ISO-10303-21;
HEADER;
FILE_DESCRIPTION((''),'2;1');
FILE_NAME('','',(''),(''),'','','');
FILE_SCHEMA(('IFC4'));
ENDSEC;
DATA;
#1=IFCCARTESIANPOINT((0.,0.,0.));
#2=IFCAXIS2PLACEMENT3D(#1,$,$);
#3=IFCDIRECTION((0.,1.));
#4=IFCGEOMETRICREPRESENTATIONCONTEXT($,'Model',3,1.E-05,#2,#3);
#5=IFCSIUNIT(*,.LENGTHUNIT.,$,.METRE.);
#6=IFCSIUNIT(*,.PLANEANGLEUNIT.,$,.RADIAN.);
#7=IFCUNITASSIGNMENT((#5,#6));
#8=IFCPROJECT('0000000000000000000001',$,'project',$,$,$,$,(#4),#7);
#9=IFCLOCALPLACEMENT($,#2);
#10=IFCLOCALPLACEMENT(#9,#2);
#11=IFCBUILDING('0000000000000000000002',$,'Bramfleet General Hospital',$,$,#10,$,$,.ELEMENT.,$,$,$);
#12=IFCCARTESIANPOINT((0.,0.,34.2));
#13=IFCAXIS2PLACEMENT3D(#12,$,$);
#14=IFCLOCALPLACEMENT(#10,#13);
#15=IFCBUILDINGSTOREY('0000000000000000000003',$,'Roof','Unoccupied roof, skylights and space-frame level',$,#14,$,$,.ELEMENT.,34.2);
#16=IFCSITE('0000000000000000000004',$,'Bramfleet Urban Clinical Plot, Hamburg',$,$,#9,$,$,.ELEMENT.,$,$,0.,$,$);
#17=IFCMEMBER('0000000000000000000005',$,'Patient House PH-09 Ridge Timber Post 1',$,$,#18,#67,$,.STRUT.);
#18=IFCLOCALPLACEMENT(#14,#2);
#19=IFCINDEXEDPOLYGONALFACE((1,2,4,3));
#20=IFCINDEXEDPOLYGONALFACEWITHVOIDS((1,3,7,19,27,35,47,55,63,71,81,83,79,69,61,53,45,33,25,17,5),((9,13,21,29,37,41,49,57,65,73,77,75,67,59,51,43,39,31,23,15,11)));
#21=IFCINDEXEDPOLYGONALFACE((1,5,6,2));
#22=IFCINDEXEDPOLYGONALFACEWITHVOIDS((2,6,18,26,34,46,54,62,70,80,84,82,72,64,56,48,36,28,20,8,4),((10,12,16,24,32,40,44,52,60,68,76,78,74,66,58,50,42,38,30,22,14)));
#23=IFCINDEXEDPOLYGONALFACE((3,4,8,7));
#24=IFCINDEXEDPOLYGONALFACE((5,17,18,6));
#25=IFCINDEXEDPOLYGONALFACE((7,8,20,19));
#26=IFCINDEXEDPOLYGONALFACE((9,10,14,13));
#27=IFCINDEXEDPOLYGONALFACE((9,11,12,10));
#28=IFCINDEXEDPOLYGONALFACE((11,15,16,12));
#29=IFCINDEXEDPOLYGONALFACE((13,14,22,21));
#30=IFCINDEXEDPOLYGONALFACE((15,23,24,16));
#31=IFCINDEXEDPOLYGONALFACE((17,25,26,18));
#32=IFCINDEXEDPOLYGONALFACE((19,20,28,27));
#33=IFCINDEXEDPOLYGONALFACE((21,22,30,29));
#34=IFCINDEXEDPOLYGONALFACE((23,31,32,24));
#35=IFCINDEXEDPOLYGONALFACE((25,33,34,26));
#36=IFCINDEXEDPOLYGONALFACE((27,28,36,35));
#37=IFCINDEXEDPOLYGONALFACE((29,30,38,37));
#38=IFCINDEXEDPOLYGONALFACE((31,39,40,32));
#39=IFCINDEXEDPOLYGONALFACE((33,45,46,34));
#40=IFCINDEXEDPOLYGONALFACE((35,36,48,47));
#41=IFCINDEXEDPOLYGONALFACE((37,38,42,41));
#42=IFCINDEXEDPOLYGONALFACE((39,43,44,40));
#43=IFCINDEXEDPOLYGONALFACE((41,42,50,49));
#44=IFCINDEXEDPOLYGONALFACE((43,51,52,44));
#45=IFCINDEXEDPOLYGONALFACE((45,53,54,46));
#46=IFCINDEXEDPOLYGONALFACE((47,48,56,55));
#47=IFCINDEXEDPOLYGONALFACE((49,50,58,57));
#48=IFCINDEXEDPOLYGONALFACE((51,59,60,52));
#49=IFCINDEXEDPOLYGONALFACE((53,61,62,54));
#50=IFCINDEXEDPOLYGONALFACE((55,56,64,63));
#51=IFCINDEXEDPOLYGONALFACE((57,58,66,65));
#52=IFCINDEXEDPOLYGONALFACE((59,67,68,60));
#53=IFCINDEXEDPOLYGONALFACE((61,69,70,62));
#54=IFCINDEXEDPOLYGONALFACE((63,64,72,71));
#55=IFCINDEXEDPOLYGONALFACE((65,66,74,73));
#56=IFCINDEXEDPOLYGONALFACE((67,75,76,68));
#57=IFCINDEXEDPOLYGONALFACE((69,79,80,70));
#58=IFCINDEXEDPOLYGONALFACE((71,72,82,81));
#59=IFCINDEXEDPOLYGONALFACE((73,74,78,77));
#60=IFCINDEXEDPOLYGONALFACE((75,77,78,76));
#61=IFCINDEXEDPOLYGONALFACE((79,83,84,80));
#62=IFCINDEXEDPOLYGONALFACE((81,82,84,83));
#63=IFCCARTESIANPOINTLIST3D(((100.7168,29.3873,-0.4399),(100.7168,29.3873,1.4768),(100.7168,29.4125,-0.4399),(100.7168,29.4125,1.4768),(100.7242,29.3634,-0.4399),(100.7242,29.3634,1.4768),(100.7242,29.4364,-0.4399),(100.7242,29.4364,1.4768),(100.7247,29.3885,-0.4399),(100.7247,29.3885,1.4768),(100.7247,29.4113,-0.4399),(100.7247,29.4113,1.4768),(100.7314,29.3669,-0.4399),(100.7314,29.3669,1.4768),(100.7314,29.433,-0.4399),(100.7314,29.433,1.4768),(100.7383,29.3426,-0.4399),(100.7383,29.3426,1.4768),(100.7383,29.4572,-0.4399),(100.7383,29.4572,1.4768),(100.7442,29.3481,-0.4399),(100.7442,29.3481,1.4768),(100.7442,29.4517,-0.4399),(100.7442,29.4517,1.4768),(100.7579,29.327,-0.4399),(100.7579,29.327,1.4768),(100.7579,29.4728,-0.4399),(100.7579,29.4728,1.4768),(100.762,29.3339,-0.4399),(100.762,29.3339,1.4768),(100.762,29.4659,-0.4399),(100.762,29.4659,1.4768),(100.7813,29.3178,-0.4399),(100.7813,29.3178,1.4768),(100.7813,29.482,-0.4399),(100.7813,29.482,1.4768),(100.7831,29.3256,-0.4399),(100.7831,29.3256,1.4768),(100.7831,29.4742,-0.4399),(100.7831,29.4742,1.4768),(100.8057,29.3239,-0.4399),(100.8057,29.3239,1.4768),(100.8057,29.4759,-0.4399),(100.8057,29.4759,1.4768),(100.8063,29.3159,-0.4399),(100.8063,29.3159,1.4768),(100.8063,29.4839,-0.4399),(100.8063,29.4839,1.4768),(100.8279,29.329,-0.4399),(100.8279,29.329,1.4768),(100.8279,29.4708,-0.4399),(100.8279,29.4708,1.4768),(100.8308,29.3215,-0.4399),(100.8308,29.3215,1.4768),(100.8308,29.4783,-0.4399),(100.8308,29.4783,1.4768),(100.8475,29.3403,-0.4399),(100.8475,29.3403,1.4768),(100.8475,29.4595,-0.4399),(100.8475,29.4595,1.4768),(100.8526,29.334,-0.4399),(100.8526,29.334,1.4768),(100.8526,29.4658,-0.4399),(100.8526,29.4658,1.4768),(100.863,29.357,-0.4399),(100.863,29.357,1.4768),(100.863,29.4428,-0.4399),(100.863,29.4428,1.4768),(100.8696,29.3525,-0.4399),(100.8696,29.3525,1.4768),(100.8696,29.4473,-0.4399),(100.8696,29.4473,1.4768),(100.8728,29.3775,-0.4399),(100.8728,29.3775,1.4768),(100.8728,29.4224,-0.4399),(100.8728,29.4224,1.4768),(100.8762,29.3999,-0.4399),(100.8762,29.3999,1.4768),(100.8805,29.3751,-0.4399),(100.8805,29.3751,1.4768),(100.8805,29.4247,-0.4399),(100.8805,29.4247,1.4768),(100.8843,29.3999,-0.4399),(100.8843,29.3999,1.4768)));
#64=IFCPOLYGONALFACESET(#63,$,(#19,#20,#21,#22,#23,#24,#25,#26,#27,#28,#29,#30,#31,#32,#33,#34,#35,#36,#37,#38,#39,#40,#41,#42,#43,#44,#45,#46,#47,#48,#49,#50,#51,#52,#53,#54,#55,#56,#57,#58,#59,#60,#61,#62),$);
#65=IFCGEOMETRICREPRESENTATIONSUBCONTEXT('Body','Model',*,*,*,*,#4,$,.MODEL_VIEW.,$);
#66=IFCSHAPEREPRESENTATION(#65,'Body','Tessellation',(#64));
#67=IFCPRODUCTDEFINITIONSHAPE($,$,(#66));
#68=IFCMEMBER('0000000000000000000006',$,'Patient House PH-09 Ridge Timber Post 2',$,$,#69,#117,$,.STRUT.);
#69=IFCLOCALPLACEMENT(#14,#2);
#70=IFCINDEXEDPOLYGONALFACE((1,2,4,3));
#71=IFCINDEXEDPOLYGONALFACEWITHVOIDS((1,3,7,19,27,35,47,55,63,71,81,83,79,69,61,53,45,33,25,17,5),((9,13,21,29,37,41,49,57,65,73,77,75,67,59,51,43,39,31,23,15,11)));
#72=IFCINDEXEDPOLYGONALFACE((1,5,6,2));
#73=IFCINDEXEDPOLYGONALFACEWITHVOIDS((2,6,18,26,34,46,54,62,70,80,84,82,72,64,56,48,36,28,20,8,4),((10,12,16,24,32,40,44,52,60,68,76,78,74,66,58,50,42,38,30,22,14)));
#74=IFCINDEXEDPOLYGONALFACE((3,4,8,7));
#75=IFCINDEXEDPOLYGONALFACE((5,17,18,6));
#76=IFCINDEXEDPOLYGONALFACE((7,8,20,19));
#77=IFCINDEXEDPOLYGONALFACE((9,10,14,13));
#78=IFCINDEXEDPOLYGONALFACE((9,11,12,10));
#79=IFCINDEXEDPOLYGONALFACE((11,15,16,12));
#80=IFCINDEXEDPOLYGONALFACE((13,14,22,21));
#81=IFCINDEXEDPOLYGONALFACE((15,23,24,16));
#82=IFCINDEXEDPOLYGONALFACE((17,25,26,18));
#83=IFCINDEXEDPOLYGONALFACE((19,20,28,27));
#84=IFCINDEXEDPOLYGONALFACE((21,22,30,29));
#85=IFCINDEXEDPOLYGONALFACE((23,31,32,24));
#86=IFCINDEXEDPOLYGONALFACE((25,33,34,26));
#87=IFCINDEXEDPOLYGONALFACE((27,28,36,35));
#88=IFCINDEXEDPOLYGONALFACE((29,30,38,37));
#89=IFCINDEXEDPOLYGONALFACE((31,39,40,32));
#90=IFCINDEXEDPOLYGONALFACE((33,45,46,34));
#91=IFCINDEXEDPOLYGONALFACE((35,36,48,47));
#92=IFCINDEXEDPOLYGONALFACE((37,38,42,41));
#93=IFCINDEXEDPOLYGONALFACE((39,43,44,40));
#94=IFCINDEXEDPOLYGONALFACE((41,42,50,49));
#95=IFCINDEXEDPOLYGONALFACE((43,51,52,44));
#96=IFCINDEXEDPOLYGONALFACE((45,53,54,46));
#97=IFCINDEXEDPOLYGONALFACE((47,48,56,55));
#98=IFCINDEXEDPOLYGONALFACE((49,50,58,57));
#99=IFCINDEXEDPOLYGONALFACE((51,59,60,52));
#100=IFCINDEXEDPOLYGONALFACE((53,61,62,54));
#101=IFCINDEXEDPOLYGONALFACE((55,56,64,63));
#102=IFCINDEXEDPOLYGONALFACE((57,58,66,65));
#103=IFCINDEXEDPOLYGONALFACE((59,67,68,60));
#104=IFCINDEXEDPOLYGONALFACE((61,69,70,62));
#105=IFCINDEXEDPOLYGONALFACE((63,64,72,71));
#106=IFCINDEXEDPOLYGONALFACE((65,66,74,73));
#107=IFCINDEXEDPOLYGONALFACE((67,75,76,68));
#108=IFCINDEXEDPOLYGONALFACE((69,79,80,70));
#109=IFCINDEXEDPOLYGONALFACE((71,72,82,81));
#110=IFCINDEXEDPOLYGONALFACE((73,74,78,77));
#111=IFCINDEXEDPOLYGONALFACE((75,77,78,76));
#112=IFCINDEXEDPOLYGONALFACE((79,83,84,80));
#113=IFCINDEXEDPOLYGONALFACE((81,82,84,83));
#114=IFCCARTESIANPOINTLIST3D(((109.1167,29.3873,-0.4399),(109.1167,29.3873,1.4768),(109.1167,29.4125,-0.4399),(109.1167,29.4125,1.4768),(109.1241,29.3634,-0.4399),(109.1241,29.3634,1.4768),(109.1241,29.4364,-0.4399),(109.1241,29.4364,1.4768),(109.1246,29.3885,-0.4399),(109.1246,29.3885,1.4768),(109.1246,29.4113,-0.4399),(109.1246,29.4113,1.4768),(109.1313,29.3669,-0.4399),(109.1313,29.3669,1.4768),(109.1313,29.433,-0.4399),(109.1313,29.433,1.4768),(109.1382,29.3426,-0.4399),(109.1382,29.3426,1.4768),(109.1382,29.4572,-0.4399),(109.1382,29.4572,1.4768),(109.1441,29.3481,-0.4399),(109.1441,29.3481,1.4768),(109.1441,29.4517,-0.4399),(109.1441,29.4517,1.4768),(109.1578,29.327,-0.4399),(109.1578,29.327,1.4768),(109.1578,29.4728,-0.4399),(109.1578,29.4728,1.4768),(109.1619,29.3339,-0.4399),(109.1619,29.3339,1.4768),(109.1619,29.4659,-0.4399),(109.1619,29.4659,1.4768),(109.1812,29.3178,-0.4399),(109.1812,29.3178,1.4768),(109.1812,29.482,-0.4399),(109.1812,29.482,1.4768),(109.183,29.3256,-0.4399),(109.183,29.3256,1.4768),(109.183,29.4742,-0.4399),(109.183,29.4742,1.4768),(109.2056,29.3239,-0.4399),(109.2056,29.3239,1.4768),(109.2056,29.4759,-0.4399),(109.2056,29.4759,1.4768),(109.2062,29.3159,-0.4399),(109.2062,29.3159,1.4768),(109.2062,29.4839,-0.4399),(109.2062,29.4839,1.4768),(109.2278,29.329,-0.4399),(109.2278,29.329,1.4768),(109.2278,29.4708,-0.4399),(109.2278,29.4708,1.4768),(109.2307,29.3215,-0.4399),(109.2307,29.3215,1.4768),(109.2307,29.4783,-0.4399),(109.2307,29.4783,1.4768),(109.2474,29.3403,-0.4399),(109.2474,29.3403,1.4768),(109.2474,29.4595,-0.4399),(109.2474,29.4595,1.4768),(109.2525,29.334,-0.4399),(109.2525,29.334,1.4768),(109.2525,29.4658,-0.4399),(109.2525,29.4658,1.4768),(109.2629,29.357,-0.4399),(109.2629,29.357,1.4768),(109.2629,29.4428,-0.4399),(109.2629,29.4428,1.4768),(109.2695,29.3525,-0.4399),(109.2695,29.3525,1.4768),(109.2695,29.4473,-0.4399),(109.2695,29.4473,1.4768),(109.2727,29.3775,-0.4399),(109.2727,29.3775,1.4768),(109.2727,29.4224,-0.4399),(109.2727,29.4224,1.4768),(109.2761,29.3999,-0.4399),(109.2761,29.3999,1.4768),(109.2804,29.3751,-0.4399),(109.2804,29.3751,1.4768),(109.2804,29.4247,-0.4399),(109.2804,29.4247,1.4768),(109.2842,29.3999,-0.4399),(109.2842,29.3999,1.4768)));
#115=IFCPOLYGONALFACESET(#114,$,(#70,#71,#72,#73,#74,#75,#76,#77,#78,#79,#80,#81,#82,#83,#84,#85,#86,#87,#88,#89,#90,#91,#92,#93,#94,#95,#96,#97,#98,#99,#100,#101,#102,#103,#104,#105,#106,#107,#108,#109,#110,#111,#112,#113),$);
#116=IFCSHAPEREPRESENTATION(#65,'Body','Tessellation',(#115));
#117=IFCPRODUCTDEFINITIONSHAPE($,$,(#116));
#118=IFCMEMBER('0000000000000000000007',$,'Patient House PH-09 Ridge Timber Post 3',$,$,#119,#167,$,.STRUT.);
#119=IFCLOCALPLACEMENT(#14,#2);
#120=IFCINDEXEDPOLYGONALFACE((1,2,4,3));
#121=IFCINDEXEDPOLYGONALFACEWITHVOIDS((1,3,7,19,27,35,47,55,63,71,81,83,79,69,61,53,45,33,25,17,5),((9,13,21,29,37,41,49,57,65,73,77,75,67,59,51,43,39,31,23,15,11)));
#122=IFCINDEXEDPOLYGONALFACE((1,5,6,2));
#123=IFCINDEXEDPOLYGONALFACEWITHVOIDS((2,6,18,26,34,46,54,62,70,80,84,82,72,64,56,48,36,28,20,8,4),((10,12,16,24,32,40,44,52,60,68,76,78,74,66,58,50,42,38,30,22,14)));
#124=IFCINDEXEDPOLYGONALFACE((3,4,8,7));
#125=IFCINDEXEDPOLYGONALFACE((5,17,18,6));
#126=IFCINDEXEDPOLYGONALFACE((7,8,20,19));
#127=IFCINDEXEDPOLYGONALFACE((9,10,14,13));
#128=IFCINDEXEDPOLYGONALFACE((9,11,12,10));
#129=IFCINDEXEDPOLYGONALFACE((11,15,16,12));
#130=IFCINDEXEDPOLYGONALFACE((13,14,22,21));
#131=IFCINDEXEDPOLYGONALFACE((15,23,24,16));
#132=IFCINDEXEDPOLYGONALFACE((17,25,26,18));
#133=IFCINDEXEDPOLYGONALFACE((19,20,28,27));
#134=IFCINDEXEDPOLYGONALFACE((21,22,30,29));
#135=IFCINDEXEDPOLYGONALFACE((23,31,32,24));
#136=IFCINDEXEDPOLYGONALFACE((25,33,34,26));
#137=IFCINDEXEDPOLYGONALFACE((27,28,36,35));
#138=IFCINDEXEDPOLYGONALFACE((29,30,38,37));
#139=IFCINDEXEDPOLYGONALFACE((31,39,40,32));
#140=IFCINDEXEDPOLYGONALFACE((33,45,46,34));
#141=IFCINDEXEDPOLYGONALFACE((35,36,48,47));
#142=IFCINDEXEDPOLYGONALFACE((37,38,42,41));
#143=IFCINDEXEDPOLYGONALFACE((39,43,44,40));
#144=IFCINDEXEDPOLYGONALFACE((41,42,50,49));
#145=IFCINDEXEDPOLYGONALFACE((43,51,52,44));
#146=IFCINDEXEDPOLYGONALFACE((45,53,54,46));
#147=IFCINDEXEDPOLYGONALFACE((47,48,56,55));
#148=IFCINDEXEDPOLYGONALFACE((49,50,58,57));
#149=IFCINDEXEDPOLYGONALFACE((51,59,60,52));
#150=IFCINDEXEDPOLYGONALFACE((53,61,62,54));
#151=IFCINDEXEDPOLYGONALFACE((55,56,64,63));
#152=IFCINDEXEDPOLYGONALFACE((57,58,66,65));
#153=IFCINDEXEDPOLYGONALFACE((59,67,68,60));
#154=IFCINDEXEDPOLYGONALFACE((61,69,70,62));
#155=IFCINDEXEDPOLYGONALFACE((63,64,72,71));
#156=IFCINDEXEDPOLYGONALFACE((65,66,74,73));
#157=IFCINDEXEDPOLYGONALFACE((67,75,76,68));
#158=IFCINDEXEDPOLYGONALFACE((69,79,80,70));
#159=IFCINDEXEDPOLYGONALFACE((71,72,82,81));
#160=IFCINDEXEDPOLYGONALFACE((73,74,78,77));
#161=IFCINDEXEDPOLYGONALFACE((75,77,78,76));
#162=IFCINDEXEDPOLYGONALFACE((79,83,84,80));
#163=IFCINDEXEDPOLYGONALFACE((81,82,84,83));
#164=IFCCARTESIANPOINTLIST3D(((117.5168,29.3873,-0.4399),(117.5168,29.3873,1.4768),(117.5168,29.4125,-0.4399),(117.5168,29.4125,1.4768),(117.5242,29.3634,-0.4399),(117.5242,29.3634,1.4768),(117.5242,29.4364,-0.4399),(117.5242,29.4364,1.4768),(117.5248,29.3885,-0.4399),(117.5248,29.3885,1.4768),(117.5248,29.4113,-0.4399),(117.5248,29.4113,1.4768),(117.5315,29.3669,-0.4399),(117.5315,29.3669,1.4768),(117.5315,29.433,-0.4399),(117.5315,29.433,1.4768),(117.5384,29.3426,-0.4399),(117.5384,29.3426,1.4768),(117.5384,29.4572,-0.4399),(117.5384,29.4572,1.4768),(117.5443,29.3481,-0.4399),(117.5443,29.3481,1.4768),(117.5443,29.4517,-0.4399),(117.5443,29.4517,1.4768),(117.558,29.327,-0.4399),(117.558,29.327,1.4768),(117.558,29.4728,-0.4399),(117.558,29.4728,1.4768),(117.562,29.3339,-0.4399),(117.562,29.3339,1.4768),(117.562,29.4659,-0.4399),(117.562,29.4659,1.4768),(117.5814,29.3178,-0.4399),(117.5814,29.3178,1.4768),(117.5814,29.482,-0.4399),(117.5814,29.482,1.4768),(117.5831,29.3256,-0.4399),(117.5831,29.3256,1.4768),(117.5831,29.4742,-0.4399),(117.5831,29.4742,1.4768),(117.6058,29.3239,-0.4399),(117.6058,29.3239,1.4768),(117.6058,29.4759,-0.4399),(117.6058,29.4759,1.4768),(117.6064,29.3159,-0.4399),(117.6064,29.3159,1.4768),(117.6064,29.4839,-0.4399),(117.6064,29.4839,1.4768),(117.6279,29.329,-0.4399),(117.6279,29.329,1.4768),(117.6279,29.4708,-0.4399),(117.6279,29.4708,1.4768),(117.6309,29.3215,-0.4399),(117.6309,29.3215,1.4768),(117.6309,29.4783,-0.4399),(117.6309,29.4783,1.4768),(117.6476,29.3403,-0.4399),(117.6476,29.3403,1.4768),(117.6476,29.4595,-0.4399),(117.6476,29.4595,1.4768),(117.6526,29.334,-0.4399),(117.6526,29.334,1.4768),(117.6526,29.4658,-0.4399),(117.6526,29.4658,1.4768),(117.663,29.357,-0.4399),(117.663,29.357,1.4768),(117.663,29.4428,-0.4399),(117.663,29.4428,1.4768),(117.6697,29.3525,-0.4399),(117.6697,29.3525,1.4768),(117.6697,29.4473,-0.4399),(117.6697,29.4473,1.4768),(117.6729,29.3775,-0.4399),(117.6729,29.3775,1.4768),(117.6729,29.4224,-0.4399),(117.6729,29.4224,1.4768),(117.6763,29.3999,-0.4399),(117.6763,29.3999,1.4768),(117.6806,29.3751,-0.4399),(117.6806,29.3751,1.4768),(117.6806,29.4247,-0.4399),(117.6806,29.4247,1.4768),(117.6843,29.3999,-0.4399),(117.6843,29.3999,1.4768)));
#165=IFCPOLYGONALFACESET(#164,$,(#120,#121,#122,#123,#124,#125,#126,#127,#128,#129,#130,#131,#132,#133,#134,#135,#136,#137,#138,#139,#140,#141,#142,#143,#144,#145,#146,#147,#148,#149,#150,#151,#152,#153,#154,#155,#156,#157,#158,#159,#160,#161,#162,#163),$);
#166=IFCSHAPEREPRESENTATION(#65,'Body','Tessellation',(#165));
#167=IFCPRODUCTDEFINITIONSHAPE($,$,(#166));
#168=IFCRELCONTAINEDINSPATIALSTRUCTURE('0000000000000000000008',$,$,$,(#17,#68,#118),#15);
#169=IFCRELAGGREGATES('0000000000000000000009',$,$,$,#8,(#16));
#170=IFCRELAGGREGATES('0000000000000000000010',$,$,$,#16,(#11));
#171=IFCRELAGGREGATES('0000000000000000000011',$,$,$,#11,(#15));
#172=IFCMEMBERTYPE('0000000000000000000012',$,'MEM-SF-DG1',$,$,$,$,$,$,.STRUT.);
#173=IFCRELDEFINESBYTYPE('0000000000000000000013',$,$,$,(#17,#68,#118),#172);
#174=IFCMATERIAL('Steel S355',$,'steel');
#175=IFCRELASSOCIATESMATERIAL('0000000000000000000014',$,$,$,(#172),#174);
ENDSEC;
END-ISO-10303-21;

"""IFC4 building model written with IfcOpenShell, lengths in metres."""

from ifc_helpers import new_model, si_unit, direction, frame, origin, origin_2d, place, context, subcontext, project, spatial, hollow_circle, extrude, material, material_profile, profile_set, type_object, element, save


model = new_model("IFC4")

# Units and contexts
model_context = context("Model", 3, precision=1e-05, world=origin(), true_north=direction((0.0, 1.0)))
body_context = subcontext(model_context, "Body", "Model", "MODEL_VIEW")
ifc_project = project(units=[si_unit("LENGTHUNIT", "METRE"), si_unit("PLANEANGLEUNIT", "RADIAN")], contexts=[model_context])

# Site, building, storey
site_placement = place(None, origin())
site = spatial("IfcSite", under=ifc_project, at=site_placement, Name="Bramfleet Urban Clinical Plot, Hamburg", CompositionType="ELEMENT", RefElevation=0.0)
building_placement = place(site_placement, origin())
building = spatial("IfcBuilding", under=site, at=building_placement, Name="Bramfleet General Hospital", CompositionType="ELEMENT")
storey_placement = place(building_placement, frame((0.0, 0.0, 34.2)))
storey = spatial("IfcBuildingStorey", under=building, at=storey_placement, Name="Roof", Description="Unoccupied roof, skylights and space-frame level", CompositionType="ELEMENT", Elevation=34.2)

# Members
ifc_material_1 = material(Name="Steel S355", Category="steel")
ifc_material_profile_1 = material_profile(ifc_material_1, hollow_circle(Radius=0.0842, WallThickness=0.0081, at=origin_2d()), Name="CHS 168.3x8.0")
ifc_profile_set_1 = profile_set([ifc_material_profile_1], Name="Steel S355")
member_type_1 = type_object("IfcMemberType", Name="MEM-SF-DG1", PredefinedType="STRUT", material=ifc_profile_set_1)
for number, where, z_axis, x_axis, name in (
    (1, (100.8, 29.3999, -0.4399), (0.0, 0.0, 1.0), (1.0, 0.0, 0.0), "Patient House PH-09 Ridge Timber Post 1"),
    (2, (109.2, 29.3999, -0.4399), (0.0, 0.0, 1.0), (1.0, 0.0, 0.0), "Patient House PH-09 Ridge Timber Post 2"),
    (3, (117.6001, 29.3999, -0.4399), (0.0, 0.0, 1.0), (1.0, 0.0, 0.0), "Patient House PH-09 Ridge Timber Post 3"),
):
    element("IfcMember", number, at=place(storey_placement, frame(where, z_axis=z_axis, x_axis=x_axis)), inside=storey, type_object=member_type_1, Name=name, PredefinedType="STRUT", context=body_context, shape_type="SweptSolid", body=[
        extrude(hollow_circle(Radius=0.0842, WallThickness=0.0081, at=origin_2d()), origin(), (0.0, 0.0, 1.0), 1.9167),
    ])

save(model, "model.ifc")
